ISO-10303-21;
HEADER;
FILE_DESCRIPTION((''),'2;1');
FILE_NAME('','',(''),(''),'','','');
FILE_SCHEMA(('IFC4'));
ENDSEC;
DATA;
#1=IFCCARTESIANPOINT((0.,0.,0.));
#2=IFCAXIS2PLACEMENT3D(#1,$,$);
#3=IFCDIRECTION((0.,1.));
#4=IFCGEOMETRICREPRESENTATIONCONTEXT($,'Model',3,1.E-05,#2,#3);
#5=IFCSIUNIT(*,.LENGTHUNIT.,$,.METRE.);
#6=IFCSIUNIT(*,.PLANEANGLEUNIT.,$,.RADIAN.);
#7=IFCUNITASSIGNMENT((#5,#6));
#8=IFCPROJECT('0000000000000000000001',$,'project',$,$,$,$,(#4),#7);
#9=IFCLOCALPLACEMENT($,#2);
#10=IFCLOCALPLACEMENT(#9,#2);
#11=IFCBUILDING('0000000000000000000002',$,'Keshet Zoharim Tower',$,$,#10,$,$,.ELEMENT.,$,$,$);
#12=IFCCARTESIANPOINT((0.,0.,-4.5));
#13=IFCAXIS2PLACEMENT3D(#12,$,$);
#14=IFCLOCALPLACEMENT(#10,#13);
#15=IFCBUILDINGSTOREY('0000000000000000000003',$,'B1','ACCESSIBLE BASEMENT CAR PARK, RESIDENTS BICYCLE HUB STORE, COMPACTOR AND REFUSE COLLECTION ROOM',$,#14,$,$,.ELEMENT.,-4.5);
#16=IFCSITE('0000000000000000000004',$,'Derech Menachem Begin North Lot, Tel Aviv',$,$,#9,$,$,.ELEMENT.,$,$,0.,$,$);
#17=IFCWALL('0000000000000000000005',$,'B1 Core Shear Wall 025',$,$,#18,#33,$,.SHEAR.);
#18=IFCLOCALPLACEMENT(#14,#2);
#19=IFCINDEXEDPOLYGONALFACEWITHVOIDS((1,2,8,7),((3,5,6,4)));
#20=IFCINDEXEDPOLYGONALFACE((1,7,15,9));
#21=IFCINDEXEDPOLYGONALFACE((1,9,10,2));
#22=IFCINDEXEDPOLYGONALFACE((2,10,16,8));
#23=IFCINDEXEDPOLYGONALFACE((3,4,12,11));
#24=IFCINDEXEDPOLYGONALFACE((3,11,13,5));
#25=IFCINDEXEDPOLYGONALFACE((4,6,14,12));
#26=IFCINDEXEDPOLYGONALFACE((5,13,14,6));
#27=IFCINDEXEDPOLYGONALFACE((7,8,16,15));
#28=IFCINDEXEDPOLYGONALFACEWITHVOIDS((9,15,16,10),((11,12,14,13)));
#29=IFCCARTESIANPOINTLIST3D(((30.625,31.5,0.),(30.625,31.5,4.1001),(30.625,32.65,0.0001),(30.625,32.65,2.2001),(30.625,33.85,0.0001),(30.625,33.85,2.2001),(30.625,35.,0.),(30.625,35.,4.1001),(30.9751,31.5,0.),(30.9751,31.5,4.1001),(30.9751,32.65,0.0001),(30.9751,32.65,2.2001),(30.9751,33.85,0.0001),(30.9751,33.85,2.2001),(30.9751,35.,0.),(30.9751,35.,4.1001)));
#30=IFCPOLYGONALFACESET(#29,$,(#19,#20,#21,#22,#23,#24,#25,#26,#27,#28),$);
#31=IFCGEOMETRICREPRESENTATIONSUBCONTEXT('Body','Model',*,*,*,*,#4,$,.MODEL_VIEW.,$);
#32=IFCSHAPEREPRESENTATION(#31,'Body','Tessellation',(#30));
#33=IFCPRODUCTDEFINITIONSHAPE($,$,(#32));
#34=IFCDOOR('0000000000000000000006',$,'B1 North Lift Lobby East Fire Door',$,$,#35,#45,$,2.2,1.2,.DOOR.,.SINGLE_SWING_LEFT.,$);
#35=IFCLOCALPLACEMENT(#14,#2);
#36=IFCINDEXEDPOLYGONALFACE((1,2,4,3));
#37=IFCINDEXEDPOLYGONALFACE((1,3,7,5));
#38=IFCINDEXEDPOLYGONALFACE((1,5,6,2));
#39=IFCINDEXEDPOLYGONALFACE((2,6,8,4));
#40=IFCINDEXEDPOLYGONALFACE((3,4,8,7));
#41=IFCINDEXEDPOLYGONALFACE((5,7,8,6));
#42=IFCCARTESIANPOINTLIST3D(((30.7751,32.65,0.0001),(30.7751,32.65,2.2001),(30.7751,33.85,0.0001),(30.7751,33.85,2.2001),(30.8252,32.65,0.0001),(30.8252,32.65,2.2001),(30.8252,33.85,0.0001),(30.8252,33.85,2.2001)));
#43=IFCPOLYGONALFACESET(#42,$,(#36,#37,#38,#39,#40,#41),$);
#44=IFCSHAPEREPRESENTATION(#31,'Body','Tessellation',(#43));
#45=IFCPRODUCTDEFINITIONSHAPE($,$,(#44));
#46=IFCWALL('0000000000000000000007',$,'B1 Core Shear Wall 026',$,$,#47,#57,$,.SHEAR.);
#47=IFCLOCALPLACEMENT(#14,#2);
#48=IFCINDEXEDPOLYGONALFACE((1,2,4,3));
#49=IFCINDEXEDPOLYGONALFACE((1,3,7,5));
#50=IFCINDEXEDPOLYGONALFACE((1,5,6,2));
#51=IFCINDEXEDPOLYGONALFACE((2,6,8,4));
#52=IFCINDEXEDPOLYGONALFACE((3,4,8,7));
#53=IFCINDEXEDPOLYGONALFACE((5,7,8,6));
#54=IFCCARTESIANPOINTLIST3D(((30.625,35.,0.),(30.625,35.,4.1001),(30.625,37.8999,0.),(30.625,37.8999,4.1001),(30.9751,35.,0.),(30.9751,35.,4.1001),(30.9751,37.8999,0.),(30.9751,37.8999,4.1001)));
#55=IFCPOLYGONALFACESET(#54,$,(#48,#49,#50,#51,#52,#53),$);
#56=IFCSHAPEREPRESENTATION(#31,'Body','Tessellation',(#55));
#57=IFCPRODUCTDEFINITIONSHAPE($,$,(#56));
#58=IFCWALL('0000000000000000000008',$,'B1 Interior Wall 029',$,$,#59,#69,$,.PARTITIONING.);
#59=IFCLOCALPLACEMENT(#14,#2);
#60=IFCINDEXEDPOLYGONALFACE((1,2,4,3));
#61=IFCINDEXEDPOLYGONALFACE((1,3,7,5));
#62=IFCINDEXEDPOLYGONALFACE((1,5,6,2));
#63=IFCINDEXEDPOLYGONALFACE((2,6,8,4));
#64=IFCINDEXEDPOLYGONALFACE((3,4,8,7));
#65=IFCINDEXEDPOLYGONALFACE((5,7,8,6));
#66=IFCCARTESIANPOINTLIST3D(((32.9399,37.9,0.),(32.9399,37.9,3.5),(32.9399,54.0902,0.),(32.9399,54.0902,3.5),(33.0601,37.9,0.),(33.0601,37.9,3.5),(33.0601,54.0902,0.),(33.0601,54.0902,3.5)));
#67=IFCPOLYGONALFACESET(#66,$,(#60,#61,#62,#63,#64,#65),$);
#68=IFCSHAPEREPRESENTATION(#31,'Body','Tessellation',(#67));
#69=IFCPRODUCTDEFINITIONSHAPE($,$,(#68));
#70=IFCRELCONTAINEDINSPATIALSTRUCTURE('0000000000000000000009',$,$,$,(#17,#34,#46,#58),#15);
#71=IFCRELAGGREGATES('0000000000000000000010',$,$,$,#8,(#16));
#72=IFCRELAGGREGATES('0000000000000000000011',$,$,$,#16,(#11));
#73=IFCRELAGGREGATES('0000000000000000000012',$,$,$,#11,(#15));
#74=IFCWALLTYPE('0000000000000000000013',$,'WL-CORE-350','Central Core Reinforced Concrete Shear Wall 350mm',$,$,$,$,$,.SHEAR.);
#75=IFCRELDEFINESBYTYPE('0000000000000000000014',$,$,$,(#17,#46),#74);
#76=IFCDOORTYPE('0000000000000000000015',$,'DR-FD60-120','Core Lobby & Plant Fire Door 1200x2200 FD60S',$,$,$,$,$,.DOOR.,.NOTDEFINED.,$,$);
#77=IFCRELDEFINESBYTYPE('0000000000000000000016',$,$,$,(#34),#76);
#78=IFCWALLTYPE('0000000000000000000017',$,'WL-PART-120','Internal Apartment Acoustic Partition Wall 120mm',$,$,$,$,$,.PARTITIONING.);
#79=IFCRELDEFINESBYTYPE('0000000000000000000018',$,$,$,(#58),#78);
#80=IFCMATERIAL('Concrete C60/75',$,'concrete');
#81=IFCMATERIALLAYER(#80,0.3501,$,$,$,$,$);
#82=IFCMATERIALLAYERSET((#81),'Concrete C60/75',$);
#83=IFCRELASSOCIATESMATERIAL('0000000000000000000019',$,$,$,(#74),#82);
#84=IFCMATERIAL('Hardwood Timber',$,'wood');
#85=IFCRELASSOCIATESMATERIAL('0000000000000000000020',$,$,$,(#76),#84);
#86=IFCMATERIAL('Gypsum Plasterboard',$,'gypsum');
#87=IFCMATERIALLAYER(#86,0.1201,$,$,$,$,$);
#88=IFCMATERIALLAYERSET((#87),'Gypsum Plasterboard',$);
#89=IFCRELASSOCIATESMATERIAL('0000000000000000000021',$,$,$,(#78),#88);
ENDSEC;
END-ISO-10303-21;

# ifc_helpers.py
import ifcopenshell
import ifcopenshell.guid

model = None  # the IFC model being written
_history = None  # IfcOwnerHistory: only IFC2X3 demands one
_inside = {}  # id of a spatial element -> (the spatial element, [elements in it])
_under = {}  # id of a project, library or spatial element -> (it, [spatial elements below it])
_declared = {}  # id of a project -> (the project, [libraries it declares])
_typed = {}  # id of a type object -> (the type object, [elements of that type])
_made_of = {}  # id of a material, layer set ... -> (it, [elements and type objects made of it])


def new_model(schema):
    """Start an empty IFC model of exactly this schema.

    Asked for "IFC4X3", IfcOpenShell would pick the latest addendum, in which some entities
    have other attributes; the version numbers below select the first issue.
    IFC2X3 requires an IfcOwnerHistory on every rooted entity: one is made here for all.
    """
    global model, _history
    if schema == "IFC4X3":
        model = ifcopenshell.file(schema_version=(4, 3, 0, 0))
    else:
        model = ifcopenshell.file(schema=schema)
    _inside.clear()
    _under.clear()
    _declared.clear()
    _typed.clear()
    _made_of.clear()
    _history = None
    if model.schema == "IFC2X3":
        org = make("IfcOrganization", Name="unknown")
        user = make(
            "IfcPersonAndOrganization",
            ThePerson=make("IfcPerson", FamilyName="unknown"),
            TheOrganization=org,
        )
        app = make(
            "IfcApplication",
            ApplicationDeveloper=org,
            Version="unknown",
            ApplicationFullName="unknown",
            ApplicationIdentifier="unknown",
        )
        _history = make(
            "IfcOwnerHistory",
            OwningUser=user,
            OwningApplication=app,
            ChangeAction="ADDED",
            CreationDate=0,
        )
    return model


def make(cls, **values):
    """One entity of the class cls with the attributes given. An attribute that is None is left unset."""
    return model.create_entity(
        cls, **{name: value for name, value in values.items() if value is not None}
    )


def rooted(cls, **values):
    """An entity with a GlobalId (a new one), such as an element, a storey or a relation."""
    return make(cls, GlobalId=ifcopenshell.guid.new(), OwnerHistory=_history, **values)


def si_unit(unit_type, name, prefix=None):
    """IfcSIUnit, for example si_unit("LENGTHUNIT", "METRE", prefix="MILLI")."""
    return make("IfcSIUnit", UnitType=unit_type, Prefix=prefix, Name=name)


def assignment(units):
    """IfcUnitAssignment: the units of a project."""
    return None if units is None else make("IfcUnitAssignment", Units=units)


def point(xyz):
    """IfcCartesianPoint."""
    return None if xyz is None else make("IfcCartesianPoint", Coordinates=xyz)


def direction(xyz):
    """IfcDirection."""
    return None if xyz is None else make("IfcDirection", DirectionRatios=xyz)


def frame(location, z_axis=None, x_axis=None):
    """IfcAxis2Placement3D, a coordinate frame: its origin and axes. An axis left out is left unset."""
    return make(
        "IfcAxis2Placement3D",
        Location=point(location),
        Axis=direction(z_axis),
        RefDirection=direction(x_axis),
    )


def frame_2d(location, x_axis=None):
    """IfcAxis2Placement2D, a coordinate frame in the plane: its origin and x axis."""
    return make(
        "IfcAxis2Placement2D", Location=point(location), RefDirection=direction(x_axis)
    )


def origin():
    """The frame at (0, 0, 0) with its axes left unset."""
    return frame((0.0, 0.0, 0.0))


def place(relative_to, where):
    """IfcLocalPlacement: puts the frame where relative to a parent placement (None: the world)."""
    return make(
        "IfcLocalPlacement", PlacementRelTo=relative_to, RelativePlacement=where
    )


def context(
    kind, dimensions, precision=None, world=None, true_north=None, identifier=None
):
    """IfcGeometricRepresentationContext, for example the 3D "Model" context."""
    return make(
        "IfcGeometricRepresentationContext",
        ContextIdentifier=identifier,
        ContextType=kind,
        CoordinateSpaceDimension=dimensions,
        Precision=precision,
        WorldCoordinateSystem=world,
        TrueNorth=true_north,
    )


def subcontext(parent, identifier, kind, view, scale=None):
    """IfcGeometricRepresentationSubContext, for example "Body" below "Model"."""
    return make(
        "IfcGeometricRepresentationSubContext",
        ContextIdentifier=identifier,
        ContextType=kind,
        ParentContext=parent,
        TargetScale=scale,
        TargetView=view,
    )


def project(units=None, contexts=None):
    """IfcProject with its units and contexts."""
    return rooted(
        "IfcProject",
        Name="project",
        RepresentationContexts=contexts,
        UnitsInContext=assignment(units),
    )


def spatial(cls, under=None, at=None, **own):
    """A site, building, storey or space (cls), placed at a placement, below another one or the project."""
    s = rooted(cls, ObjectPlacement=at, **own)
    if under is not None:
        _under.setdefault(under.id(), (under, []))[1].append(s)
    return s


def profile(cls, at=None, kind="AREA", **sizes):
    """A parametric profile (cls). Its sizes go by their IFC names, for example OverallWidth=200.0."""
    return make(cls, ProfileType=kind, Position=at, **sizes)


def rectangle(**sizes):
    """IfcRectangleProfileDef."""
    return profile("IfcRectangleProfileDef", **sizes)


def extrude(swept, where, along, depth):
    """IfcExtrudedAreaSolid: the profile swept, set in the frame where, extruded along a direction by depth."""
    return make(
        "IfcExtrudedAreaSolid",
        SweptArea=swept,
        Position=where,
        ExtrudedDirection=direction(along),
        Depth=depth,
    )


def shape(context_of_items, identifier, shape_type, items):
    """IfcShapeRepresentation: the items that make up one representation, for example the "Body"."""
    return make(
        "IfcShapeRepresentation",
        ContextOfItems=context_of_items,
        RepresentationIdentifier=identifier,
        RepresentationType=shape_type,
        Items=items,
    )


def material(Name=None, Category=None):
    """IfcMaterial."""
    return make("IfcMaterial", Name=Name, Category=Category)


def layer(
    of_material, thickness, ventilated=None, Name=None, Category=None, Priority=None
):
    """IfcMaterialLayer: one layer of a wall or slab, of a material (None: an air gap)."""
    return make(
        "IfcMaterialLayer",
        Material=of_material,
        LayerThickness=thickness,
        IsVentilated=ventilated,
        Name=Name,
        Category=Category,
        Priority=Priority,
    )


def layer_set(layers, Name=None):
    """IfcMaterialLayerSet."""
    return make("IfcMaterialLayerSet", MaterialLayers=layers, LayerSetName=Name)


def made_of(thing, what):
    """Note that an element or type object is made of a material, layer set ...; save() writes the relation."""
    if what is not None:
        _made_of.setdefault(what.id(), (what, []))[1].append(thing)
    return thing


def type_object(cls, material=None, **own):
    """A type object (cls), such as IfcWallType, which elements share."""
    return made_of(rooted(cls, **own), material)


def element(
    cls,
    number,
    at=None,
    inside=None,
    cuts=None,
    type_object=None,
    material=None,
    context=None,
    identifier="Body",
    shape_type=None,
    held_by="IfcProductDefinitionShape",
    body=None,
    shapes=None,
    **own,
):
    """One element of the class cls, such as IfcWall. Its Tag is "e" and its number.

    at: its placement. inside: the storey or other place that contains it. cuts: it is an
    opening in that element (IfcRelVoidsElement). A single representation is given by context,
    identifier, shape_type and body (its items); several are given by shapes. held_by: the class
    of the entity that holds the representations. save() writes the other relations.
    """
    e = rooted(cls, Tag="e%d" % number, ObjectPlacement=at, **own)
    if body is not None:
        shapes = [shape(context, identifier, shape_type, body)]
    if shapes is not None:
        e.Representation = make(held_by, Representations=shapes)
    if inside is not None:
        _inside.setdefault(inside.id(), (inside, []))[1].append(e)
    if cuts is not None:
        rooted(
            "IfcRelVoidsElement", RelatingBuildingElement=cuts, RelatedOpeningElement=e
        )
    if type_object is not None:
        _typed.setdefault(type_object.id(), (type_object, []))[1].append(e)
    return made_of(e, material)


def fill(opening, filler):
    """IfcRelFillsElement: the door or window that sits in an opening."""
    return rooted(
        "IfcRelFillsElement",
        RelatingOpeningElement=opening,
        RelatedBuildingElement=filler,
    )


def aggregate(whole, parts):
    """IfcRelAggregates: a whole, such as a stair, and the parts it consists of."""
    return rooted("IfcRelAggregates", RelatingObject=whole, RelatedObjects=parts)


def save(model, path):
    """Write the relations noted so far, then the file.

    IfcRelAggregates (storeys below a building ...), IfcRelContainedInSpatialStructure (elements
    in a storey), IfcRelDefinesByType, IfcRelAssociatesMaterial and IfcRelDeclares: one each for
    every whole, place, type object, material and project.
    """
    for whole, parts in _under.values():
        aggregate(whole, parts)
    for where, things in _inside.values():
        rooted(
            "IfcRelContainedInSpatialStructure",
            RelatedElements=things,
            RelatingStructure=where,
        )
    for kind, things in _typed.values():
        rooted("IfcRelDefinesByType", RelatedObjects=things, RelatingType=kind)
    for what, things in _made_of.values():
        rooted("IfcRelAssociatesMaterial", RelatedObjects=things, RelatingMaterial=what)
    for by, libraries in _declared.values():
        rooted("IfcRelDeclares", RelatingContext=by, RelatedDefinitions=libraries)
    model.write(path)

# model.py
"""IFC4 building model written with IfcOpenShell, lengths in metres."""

from ifc_helpers import new_model, si_unit, direction, frame, frame_2d, origin, place, context, subcontext, project, spatial, rectangle, extrude, material, layer, layer_set, type_object, element, fill, save


model = new_model("IFC4")

# Units and contexts
model_context = context("Model", 3, precision=1e-05, world=origin(), true_north=direction((0.0, 1.0)))
body_context = subcontext(model_context, "Body", "Model", "MODEL_VIEW")
ifc_project = project(units=[si_unit("LENGTHUNIT", "METRE"), si_unit("PLANEANGLEUNIT", "RADIAN")], contexts=[model_context])

# Site, building, storey
site_placement = place(None, origin())
site = spatial("IfcSite", under=ifc_project, at=site_placement, Name="Derech Menachem Begin North Lot, Tel Aviv", CompositionType="ELEMENT", RefElevation=0.0)
building_placement = place(site_placement, origin())
building = spatial("IfcBuilding", under=site, at=building_placement, Name="Keshet Zoharim Tower", CompositionType="ELEMENT")
storey_placement = place(building_placement, frame((0.0, 0.0, -4.5)))
storey = spatial("IfcBuildingStorey", under=building, at=storey_placement, Name="B1", Description="ACCESSIBLE BASEMENT CAR PARK, RESIDENTS BICYCLE HUB STORE, COMPACTOR AND REFUSE COLLECTION ROOM", CompositionType="ELEMENT", Elevation=-4.5)

# Shared definitions
ifc_material_1 = material(Name="Concrete C60/75", Category="concrete")

# Shared definitions
ifc_material_2 = material(Name="Gypsum Plasterboard", Category="gypsum")
ifc_layer_1 = layer(ifc_material_1, 0.3501)
ifc_layer_set_1 = layer_set([ifc_layer_1], Name="Concrete C60/75")
wall_type_1 = type_object("IfcWallType", Name="WL-CORE-350", Description="Central Core Reinforced Concrete Shear Wall 350mm", PredefinedType="SHEAR", material=ifc_layer_set_1)

# Shared definitions
ifc_material_3 = material(Name="Hardwood Timber", Category="wood")
door_type_1 = type_object("IfcDoorType", Name="DR-FD60-120", Description="Core Lobby & Plant Fire Door 1200x2200 FD60S", OperationType="NOTDEFINED", PredefinedType="DOOR", material=ifc_material_3)

# Wall, opening, door
wall_1_placement = place(storey_placement, frame((30.8, 31.5, 0.0), z_axis=(0.0, 0.0, 1.0), x_axis=(0.0, 1.0, 0.0)))
wall_1 = element("IfcWall", 1, at=wall_1_placement, inside=storey, type_object=wall_type_1, Name="B1 Core Shear Wall 025", PredefinedType="SHEAR", context=body_context, shape_type="SweptSolid", body=[
    extrude(rectangle(XDim=3.5, YDim=0.3501, at=frame_2d((1.75, 0.0))), origin(), (0.0, 0.0, 1.0), 4.1001),
])
opening_1_placement = place(wall_1_placement, frame((1.1499, 0.0, 0.0)))
opening_1 = element("IfcOpeningElement", 2, at=opening_1_placement, cuts=wall_1, PredefinedType="OPENING", context=body_context, shape_type="SweptSolid", body=[
    extrude(rectangle(XDim=1.2, YDim=2.2, at=frame_2d((0.6001, 1.1001))), frame((0.0, 0.1851, 0.0), z_axis=(0.0, -1.0, 0.0), x_axis=(1.0, 0.0, 0.0)), (0.0, 0.0, 1.0), 0.3701),
])
door_1_placement = place(opening_1_placement, origin())
door_1 = element("IfcDoor", 3, at=door_1_placement, inside=storey, type_object=door_type_1, Name="B1 North Lift Lobby East Fire Door", OperationType="SINGLE_SWING_LEFT", OverallHeight=2.2, OverallWidth=1.2, PredefinedType="DOOR", context=body_context, shape_type="SweptSolid", body=[
    extrude(rectangle(XDim=1.2, YDim=2.2, at=frame_2d((0.6001, 1.1001))), frame((0.0, 0.0249, 0.0), z_axis=(0.0, -1.0, 0.0), x_axis=(1.0, 0.0, 0.0)), (0.0, 0.0, 1.0), 0.05),
])
fill(opening_1, door_1)

# Wall
wall_2_placement = place(storey_placement, frame((30.8, 35.0, 0.0), z_axis=(0.0, 0.0, 1.0), x_axis=(0.0, 1.0, 0.0)))
element("IfcWall", 4, at=wall_2_placement, inside=storey, type_object=wall_type_1, Name="B1 Core Shear Wall 026", PredefinedType="SHEAR", context=body_context, shape_type="SweptSolid", body=[
    extrude(rectangle(XDim=2.8999, YDim=0.3501, at=frame_2d((1.45, 0.0))), origin(), (0.0, 0.0, 1.0), 4.1001),
])

# Wall
ifc_layer_2 = layer(ifc_material_2, 0.1201)
ifc_layer_set_2 = layer_set([ifc_layer_2], Name="Gypsum Plasterboard")
wall_type_2 = type_object("IfcWallType", Name="WL-PART-120", Description="Internal Apartment Acoustic Partition Wall 120mm", PredefinedType="PARTITIONING", material=ifc_layer_set_2)
wall_3_placement = place(storey_placement, frame((33.0, 37.8999, 0.0), z_axis=(0.0, 0.0, 1.0), x_axis=(0.0, 1.0, 0.0)))
element("IfcWall", 5, at=wall_3_placement, inside=storey, type_object=wall_type_2, Name="B1 Interior Wall 029", PredefinedType="PARTITIONING", context=body_context, shape_type="SweptSolid", body=[
    extrude(rectangle(XDim=16.1902, YDim=0.1201, at=frame_2d((8.0952, 0.0))), origin(), (0.0, 0.0, 1.0), 3.5),
])

save(model, "model.ifc")
